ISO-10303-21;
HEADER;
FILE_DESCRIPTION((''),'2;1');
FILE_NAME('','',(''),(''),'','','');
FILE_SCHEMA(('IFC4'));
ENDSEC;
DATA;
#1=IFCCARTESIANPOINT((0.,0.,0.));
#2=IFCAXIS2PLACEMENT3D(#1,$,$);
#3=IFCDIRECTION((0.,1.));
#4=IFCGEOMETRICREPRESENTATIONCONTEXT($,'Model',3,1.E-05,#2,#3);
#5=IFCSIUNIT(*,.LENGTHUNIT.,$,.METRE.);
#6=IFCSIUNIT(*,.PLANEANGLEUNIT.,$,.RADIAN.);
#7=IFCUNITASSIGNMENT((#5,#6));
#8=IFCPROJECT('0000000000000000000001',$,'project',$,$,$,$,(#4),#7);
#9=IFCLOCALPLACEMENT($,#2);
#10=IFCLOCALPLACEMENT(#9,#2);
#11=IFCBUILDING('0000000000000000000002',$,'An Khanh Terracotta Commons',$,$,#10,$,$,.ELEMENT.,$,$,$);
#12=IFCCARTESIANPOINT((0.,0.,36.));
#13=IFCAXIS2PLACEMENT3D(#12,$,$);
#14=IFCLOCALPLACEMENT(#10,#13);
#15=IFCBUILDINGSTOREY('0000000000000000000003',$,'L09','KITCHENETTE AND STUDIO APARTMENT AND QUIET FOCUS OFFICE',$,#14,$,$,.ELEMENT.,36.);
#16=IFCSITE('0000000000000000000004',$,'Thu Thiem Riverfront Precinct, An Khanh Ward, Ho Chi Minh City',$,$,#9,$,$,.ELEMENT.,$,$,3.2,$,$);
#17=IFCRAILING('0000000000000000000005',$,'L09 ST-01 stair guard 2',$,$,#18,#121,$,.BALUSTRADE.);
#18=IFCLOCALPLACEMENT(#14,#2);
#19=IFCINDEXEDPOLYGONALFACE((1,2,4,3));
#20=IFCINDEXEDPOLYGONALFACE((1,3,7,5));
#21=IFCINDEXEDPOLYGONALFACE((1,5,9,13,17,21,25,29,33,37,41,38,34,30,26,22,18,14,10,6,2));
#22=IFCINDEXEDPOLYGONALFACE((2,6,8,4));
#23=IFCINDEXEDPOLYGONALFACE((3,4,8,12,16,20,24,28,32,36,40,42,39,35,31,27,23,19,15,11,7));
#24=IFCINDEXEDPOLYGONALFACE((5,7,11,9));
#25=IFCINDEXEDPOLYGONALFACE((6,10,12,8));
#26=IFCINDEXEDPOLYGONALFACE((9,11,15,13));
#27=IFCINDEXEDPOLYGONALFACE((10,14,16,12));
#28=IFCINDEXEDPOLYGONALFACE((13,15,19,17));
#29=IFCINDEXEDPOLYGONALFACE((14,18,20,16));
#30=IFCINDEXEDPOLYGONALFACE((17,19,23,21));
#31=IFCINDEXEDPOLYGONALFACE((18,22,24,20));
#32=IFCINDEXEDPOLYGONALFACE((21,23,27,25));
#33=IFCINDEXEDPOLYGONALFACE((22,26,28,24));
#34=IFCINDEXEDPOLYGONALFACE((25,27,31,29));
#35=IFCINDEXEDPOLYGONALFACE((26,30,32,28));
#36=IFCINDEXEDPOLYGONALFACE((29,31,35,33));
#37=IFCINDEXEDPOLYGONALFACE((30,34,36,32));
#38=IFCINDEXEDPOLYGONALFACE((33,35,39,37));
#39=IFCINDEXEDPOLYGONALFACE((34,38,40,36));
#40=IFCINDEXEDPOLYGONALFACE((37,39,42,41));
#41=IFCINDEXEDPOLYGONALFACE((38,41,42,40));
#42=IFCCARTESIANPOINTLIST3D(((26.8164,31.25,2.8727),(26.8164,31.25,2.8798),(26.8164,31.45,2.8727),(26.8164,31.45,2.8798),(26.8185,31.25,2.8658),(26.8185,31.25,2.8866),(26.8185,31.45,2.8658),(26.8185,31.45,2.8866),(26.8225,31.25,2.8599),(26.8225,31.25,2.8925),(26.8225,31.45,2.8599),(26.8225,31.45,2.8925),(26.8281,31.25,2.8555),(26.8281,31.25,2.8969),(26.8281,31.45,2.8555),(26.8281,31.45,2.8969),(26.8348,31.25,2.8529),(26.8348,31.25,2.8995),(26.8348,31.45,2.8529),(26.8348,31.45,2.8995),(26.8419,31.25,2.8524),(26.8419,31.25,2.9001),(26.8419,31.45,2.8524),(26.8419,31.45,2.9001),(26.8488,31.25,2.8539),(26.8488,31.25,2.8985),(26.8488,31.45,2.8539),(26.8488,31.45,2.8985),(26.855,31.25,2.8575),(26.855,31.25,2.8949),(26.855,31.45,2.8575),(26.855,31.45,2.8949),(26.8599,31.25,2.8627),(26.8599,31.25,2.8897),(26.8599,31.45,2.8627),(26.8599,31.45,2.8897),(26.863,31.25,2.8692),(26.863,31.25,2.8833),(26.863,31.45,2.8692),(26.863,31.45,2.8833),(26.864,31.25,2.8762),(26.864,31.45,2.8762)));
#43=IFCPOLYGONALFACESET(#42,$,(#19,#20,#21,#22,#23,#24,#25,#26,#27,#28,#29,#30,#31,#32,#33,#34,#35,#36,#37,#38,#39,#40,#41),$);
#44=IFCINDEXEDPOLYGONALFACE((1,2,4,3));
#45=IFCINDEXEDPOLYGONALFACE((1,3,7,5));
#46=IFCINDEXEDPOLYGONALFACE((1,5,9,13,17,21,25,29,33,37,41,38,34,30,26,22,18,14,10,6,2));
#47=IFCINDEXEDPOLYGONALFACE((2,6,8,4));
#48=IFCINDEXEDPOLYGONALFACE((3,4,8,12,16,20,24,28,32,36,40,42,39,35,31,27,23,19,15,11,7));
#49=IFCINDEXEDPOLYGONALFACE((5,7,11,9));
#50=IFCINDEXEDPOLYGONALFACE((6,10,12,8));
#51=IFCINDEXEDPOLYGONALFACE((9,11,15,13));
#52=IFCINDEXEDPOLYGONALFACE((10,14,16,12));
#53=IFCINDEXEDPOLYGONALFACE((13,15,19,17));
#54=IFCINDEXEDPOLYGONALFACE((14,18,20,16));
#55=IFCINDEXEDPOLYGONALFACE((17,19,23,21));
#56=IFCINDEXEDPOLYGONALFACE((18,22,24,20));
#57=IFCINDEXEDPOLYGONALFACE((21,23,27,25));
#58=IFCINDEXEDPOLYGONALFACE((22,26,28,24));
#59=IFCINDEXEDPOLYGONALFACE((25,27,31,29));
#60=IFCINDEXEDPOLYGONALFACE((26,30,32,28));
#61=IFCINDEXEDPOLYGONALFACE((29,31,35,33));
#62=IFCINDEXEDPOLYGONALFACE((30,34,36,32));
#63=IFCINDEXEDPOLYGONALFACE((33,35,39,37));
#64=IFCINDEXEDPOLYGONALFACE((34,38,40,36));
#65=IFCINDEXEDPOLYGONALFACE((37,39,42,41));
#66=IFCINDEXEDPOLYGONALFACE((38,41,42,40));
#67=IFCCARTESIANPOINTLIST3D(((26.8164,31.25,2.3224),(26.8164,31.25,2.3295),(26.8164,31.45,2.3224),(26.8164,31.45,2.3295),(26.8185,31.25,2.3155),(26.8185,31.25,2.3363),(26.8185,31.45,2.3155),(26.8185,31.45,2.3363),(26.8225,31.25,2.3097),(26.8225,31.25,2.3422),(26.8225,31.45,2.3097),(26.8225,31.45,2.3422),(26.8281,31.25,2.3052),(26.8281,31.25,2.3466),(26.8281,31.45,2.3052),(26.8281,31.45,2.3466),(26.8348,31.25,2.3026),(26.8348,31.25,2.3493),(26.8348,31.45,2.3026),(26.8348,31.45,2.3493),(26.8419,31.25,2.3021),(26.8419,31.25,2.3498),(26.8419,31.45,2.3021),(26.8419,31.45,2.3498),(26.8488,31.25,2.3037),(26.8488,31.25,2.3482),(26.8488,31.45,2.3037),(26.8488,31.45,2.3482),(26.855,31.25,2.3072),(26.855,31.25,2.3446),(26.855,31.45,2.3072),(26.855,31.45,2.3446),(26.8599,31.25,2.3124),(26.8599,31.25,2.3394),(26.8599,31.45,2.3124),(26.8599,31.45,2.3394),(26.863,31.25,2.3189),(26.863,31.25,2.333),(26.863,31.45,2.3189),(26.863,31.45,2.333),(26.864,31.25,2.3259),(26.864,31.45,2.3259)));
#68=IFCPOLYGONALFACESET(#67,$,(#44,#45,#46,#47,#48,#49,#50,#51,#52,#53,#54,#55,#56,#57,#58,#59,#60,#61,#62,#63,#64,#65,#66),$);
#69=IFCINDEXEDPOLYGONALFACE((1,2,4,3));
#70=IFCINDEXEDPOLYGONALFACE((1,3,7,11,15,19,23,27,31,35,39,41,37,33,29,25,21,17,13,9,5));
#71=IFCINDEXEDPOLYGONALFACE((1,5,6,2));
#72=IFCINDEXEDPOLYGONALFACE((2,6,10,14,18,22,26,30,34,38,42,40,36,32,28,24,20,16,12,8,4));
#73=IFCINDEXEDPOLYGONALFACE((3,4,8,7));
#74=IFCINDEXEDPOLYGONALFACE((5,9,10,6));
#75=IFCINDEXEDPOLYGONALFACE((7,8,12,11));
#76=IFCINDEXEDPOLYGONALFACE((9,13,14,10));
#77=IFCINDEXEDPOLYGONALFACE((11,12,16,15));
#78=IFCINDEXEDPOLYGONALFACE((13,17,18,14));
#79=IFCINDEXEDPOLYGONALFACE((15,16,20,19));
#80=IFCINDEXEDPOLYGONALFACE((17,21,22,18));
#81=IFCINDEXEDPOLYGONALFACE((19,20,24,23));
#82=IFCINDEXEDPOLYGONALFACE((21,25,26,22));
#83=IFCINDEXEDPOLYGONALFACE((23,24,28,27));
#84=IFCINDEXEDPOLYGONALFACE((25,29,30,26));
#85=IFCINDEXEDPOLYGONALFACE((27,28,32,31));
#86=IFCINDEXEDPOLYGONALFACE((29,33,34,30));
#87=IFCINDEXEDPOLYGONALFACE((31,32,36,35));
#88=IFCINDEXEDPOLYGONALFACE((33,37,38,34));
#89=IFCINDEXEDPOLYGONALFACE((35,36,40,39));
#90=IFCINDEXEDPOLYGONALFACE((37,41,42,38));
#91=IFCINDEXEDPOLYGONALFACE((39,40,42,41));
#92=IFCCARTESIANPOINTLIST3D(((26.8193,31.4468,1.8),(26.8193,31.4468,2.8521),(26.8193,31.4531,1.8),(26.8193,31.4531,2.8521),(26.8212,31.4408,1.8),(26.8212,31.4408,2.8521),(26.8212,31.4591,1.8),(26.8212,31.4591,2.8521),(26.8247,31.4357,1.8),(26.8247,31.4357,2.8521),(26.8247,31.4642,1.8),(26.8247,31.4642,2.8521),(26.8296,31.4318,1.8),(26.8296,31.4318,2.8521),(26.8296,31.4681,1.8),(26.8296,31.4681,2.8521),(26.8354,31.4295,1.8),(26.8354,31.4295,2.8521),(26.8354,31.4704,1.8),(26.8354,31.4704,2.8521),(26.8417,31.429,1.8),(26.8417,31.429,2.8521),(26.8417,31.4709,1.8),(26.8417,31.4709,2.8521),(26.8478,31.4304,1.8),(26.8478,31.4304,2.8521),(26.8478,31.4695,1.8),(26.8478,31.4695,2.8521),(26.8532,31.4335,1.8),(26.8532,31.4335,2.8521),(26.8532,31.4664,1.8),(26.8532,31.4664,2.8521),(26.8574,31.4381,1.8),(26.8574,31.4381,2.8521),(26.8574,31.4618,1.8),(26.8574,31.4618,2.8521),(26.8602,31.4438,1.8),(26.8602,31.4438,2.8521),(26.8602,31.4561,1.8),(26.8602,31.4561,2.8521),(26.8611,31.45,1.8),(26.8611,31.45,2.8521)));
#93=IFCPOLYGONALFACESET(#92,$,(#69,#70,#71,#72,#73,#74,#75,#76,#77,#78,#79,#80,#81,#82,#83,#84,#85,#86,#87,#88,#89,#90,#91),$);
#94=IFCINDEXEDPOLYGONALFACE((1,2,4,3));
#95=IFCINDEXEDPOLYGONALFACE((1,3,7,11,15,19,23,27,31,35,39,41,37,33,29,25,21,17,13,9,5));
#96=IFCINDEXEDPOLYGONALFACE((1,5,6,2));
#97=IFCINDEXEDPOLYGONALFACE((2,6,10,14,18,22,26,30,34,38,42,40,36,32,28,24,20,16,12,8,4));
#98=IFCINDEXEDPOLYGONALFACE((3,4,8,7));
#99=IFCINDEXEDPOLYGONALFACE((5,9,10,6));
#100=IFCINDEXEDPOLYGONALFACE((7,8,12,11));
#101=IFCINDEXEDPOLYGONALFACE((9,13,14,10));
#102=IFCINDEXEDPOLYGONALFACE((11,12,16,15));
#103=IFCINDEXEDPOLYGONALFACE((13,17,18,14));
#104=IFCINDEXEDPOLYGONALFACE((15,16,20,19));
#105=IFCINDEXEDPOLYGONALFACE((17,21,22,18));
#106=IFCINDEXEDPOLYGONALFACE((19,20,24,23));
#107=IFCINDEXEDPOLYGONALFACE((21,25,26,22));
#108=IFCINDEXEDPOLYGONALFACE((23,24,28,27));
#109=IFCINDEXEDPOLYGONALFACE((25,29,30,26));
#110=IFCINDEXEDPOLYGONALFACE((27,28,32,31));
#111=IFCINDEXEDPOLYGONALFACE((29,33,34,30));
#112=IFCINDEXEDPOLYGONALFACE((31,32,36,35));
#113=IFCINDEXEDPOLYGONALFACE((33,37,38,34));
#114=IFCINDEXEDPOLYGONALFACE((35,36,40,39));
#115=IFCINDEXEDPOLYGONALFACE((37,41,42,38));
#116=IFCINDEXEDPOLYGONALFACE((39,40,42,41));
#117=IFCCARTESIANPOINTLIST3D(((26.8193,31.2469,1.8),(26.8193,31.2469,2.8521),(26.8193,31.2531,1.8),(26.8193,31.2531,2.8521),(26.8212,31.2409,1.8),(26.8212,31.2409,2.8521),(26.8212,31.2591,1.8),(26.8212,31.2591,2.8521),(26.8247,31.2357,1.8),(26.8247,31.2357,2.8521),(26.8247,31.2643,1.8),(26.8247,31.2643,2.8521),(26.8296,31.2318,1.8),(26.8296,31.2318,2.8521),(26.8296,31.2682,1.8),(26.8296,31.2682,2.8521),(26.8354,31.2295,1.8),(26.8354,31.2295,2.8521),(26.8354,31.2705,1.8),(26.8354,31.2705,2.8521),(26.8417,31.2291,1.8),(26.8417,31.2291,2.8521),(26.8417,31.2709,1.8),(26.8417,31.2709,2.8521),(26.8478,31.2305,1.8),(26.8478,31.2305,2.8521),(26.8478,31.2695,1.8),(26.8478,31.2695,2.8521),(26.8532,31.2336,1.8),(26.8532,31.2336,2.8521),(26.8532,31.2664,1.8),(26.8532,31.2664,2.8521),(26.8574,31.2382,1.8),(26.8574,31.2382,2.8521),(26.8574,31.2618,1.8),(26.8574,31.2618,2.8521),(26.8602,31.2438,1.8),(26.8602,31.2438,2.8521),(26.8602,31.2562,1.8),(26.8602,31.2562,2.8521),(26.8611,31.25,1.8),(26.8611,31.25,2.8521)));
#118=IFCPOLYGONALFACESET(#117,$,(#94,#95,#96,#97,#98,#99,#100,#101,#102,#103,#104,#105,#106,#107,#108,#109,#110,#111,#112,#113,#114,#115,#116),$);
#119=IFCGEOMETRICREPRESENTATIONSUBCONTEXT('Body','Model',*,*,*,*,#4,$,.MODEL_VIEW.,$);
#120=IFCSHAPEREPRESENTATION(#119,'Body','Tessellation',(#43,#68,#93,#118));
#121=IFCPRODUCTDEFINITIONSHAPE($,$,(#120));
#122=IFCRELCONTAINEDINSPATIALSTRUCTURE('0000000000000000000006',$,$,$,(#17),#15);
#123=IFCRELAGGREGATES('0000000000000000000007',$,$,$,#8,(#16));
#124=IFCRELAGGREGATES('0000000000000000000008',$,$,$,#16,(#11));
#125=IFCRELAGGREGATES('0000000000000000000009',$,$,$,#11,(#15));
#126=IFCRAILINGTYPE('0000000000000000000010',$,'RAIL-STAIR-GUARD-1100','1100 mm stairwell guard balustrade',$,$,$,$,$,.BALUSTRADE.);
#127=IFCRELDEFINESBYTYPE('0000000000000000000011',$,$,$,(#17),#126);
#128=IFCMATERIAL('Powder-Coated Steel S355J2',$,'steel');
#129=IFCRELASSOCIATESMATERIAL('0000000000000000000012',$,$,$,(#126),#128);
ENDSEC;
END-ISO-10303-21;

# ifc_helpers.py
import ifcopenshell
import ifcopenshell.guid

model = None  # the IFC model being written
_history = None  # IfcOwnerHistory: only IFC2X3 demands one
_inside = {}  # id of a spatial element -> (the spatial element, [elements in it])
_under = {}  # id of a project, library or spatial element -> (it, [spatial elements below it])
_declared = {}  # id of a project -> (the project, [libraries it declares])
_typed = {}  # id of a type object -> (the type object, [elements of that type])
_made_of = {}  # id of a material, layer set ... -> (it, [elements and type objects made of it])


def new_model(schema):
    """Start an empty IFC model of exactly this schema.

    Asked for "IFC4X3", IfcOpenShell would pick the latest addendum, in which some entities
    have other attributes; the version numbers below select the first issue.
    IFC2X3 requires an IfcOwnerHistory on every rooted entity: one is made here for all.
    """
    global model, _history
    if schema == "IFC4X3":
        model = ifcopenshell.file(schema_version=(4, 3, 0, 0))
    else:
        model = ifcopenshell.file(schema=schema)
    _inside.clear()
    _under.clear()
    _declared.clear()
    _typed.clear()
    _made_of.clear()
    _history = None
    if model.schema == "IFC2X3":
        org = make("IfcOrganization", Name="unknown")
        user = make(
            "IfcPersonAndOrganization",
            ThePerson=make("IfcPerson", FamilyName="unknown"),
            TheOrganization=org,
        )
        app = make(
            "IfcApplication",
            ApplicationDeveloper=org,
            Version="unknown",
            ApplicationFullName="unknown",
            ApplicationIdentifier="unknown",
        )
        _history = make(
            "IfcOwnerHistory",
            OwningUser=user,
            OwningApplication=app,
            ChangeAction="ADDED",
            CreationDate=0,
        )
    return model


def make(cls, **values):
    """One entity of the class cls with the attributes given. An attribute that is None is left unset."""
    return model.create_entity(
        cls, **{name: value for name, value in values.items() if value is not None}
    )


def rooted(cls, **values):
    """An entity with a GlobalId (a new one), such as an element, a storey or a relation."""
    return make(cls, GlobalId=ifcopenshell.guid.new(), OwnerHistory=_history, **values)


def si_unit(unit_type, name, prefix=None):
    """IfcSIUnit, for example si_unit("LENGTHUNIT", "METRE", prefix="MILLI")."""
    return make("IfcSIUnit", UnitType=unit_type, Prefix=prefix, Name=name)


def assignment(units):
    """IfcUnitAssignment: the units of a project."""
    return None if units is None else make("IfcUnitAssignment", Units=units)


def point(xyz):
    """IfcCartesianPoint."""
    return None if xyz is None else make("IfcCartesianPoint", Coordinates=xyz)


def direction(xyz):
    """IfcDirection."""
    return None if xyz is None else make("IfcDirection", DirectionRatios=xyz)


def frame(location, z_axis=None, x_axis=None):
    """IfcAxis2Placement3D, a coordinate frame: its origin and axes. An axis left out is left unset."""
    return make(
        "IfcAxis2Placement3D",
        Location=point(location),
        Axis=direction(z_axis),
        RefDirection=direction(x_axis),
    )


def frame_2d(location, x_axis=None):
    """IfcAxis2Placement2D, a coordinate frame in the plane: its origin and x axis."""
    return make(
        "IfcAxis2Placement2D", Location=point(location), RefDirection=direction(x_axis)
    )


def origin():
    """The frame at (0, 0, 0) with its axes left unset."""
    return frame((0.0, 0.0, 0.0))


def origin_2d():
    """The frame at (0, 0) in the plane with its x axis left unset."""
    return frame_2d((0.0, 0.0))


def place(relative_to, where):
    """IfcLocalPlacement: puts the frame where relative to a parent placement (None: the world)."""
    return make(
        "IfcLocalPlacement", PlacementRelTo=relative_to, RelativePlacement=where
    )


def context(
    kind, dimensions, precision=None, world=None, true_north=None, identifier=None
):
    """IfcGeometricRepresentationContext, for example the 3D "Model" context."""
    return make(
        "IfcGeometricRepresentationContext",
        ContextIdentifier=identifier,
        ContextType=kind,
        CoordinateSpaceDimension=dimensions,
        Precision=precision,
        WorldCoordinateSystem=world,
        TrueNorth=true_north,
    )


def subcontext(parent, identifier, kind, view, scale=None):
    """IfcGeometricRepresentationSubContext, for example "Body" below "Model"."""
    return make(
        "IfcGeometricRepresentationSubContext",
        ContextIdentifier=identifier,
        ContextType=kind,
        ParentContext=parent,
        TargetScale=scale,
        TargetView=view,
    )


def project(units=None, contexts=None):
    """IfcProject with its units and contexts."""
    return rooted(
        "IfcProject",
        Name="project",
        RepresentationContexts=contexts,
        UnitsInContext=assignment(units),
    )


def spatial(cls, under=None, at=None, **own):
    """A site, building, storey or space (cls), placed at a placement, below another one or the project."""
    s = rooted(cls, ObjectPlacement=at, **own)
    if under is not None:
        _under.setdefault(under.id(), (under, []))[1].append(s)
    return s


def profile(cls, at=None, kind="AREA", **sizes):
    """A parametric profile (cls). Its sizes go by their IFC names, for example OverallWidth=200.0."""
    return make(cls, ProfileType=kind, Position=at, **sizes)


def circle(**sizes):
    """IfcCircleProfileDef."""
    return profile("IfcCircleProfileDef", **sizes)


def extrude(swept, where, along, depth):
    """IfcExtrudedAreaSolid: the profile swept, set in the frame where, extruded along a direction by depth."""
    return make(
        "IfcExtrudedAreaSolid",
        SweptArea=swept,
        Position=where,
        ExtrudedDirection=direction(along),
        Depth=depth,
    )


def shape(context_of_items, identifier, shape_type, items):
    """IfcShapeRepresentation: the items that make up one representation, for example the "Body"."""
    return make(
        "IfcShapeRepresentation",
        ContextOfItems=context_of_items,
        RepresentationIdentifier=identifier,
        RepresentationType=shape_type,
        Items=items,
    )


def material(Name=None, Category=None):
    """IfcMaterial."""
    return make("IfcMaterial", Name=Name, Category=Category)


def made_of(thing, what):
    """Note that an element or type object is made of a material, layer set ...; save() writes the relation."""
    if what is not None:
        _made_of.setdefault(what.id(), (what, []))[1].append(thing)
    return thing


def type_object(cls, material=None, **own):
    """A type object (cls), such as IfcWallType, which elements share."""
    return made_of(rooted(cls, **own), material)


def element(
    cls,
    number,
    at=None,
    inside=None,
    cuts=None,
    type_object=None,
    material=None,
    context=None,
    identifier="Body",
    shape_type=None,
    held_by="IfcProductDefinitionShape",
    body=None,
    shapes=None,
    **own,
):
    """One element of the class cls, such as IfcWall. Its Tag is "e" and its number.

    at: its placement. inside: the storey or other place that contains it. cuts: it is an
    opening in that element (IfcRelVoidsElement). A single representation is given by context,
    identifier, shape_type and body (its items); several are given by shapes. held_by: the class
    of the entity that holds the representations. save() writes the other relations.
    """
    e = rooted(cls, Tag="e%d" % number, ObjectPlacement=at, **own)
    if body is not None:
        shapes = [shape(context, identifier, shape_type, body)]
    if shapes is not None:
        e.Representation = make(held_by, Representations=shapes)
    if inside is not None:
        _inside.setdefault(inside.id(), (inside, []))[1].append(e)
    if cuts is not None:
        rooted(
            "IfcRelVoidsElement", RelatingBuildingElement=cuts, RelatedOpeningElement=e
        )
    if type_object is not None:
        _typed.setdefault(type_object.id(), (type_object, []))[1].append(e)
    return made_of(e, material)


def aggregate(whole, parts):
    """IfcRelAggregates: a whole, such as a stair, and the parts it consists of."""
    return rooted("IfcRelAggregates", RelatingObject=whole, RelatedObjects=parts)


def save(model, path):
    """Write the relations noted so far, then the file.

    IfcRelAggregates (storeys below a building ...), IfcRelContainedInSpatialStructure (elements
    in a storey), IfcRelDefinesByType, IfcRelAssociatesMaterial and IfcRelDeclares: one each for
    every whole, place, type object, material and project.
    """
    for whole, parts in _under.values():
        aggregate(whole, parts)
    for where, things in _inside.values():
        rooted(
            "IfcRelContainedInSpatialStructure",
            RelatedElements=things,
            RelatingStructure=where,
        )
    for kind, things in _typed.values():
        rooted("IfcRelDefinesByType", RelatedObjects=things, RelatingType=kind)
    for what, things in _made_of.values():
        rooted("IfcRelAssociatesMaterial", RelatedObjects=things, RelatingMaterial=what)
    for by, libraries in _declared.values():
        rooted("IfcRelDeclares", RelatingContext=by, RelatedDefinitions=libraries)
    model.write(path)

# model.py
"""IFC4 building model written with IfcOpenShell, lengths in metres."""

from ifc_helpers import new_model, si_unit, direction, frame, origin, origin_2d, place, context, subcontext, project, spatial, circle, extrude, material, type_object, element, save


model = new_model("IFC4")

# Units and contexts
model_context = context("Model", 3, precision=1e-05, world=origin(), true_north=direction((0.0, 1.0)))
body_context = subcontext(model_context, "Body", "Model", "MODEL_VIEW")
ifc_project = project(units=[si_unit("LENGTHUNIT", "METRE"), si_unit("PLANEANGLEUNIT", "RADIAN")], contexts=[model_context])

# Site, building, storey
site_placement = place(None, origin())
site = spatial("IfcSite", under=ifc_project, at=site_placement, Name="Thu Thiem Riverfront Precinct, An Khanh Ward, Ho Chi Minh City", CompositionType="ELEMENT", RefElevation=3.2)
building_placement = place(site_placement, origin())
building = spatial("IfcBuilding", under=site, at=building_placement, Name="An Khanh Terracotta Commons", CompositionType="ELEMENT")
storey_placement = place(building_placement, frame((0.0, 0.0, 36.0)))
storey = spatial("IfcBuildingStorey", under=building, at=storey_placement, Name="L09", Description="KITCHENETTE AND STUDIO APARTMENT AND QUIET FOCUS OFFICE", CompositionType="ELEMENT", Elevation=36.0)

# Railing
ifc_material_1 = material(Name="Powder-Coated Steel S355J2", Category="steel")
railing_type_1 = type_object("IfcRailingType", Name="RAIL-STAIR-GUARD-1100", Description="1100 mm stairwell guard balustrade", PredefinedType="BALUSTRADE", material=ifc_material_1)
railing_1_placement = place(storey_placement, frame((26.8401, 31.45, 1.8)))
element("IfcRailing", 1, at=railing_1_placement, inside=storey, type_object=railing_type_1, Name="L09 ST-01 stair guard 2", PredefinedType="BALUSTRADE", context=body_context, shape_type="SweptSolid", body=[
    extrude(circle(Radius=0.0239, at=origin_2d()), frame((0.0, 0.0, 1.0762), z_axis=(0.0, -1.0, 0.0), x_axis=(1.0, 0.0, 0.0)), (0.0, 0.0, 1.0), 0.2),
    extrude(circle(Radius=0.0239, at=origin_2d()), frame((0.0, 0.0, 0.5259), z_axis=(0.0, -1.0, 0.0), x_axis=(1.0, 0.0, 0.0)), (0.0, 0.0, 1.0), 0.2),
    extrude(circle(Radius=0.021, at=origin_2d()), origin(), (0.0, 0.0, 1.0), 1.052),
    extrude(circle(Radius=0.021, at=origin_2d()), frame((0.0, -0.2, 0.0)), (0.0, 0.0, 1.0), 1.052),
])

save(model, "model.ifc")
